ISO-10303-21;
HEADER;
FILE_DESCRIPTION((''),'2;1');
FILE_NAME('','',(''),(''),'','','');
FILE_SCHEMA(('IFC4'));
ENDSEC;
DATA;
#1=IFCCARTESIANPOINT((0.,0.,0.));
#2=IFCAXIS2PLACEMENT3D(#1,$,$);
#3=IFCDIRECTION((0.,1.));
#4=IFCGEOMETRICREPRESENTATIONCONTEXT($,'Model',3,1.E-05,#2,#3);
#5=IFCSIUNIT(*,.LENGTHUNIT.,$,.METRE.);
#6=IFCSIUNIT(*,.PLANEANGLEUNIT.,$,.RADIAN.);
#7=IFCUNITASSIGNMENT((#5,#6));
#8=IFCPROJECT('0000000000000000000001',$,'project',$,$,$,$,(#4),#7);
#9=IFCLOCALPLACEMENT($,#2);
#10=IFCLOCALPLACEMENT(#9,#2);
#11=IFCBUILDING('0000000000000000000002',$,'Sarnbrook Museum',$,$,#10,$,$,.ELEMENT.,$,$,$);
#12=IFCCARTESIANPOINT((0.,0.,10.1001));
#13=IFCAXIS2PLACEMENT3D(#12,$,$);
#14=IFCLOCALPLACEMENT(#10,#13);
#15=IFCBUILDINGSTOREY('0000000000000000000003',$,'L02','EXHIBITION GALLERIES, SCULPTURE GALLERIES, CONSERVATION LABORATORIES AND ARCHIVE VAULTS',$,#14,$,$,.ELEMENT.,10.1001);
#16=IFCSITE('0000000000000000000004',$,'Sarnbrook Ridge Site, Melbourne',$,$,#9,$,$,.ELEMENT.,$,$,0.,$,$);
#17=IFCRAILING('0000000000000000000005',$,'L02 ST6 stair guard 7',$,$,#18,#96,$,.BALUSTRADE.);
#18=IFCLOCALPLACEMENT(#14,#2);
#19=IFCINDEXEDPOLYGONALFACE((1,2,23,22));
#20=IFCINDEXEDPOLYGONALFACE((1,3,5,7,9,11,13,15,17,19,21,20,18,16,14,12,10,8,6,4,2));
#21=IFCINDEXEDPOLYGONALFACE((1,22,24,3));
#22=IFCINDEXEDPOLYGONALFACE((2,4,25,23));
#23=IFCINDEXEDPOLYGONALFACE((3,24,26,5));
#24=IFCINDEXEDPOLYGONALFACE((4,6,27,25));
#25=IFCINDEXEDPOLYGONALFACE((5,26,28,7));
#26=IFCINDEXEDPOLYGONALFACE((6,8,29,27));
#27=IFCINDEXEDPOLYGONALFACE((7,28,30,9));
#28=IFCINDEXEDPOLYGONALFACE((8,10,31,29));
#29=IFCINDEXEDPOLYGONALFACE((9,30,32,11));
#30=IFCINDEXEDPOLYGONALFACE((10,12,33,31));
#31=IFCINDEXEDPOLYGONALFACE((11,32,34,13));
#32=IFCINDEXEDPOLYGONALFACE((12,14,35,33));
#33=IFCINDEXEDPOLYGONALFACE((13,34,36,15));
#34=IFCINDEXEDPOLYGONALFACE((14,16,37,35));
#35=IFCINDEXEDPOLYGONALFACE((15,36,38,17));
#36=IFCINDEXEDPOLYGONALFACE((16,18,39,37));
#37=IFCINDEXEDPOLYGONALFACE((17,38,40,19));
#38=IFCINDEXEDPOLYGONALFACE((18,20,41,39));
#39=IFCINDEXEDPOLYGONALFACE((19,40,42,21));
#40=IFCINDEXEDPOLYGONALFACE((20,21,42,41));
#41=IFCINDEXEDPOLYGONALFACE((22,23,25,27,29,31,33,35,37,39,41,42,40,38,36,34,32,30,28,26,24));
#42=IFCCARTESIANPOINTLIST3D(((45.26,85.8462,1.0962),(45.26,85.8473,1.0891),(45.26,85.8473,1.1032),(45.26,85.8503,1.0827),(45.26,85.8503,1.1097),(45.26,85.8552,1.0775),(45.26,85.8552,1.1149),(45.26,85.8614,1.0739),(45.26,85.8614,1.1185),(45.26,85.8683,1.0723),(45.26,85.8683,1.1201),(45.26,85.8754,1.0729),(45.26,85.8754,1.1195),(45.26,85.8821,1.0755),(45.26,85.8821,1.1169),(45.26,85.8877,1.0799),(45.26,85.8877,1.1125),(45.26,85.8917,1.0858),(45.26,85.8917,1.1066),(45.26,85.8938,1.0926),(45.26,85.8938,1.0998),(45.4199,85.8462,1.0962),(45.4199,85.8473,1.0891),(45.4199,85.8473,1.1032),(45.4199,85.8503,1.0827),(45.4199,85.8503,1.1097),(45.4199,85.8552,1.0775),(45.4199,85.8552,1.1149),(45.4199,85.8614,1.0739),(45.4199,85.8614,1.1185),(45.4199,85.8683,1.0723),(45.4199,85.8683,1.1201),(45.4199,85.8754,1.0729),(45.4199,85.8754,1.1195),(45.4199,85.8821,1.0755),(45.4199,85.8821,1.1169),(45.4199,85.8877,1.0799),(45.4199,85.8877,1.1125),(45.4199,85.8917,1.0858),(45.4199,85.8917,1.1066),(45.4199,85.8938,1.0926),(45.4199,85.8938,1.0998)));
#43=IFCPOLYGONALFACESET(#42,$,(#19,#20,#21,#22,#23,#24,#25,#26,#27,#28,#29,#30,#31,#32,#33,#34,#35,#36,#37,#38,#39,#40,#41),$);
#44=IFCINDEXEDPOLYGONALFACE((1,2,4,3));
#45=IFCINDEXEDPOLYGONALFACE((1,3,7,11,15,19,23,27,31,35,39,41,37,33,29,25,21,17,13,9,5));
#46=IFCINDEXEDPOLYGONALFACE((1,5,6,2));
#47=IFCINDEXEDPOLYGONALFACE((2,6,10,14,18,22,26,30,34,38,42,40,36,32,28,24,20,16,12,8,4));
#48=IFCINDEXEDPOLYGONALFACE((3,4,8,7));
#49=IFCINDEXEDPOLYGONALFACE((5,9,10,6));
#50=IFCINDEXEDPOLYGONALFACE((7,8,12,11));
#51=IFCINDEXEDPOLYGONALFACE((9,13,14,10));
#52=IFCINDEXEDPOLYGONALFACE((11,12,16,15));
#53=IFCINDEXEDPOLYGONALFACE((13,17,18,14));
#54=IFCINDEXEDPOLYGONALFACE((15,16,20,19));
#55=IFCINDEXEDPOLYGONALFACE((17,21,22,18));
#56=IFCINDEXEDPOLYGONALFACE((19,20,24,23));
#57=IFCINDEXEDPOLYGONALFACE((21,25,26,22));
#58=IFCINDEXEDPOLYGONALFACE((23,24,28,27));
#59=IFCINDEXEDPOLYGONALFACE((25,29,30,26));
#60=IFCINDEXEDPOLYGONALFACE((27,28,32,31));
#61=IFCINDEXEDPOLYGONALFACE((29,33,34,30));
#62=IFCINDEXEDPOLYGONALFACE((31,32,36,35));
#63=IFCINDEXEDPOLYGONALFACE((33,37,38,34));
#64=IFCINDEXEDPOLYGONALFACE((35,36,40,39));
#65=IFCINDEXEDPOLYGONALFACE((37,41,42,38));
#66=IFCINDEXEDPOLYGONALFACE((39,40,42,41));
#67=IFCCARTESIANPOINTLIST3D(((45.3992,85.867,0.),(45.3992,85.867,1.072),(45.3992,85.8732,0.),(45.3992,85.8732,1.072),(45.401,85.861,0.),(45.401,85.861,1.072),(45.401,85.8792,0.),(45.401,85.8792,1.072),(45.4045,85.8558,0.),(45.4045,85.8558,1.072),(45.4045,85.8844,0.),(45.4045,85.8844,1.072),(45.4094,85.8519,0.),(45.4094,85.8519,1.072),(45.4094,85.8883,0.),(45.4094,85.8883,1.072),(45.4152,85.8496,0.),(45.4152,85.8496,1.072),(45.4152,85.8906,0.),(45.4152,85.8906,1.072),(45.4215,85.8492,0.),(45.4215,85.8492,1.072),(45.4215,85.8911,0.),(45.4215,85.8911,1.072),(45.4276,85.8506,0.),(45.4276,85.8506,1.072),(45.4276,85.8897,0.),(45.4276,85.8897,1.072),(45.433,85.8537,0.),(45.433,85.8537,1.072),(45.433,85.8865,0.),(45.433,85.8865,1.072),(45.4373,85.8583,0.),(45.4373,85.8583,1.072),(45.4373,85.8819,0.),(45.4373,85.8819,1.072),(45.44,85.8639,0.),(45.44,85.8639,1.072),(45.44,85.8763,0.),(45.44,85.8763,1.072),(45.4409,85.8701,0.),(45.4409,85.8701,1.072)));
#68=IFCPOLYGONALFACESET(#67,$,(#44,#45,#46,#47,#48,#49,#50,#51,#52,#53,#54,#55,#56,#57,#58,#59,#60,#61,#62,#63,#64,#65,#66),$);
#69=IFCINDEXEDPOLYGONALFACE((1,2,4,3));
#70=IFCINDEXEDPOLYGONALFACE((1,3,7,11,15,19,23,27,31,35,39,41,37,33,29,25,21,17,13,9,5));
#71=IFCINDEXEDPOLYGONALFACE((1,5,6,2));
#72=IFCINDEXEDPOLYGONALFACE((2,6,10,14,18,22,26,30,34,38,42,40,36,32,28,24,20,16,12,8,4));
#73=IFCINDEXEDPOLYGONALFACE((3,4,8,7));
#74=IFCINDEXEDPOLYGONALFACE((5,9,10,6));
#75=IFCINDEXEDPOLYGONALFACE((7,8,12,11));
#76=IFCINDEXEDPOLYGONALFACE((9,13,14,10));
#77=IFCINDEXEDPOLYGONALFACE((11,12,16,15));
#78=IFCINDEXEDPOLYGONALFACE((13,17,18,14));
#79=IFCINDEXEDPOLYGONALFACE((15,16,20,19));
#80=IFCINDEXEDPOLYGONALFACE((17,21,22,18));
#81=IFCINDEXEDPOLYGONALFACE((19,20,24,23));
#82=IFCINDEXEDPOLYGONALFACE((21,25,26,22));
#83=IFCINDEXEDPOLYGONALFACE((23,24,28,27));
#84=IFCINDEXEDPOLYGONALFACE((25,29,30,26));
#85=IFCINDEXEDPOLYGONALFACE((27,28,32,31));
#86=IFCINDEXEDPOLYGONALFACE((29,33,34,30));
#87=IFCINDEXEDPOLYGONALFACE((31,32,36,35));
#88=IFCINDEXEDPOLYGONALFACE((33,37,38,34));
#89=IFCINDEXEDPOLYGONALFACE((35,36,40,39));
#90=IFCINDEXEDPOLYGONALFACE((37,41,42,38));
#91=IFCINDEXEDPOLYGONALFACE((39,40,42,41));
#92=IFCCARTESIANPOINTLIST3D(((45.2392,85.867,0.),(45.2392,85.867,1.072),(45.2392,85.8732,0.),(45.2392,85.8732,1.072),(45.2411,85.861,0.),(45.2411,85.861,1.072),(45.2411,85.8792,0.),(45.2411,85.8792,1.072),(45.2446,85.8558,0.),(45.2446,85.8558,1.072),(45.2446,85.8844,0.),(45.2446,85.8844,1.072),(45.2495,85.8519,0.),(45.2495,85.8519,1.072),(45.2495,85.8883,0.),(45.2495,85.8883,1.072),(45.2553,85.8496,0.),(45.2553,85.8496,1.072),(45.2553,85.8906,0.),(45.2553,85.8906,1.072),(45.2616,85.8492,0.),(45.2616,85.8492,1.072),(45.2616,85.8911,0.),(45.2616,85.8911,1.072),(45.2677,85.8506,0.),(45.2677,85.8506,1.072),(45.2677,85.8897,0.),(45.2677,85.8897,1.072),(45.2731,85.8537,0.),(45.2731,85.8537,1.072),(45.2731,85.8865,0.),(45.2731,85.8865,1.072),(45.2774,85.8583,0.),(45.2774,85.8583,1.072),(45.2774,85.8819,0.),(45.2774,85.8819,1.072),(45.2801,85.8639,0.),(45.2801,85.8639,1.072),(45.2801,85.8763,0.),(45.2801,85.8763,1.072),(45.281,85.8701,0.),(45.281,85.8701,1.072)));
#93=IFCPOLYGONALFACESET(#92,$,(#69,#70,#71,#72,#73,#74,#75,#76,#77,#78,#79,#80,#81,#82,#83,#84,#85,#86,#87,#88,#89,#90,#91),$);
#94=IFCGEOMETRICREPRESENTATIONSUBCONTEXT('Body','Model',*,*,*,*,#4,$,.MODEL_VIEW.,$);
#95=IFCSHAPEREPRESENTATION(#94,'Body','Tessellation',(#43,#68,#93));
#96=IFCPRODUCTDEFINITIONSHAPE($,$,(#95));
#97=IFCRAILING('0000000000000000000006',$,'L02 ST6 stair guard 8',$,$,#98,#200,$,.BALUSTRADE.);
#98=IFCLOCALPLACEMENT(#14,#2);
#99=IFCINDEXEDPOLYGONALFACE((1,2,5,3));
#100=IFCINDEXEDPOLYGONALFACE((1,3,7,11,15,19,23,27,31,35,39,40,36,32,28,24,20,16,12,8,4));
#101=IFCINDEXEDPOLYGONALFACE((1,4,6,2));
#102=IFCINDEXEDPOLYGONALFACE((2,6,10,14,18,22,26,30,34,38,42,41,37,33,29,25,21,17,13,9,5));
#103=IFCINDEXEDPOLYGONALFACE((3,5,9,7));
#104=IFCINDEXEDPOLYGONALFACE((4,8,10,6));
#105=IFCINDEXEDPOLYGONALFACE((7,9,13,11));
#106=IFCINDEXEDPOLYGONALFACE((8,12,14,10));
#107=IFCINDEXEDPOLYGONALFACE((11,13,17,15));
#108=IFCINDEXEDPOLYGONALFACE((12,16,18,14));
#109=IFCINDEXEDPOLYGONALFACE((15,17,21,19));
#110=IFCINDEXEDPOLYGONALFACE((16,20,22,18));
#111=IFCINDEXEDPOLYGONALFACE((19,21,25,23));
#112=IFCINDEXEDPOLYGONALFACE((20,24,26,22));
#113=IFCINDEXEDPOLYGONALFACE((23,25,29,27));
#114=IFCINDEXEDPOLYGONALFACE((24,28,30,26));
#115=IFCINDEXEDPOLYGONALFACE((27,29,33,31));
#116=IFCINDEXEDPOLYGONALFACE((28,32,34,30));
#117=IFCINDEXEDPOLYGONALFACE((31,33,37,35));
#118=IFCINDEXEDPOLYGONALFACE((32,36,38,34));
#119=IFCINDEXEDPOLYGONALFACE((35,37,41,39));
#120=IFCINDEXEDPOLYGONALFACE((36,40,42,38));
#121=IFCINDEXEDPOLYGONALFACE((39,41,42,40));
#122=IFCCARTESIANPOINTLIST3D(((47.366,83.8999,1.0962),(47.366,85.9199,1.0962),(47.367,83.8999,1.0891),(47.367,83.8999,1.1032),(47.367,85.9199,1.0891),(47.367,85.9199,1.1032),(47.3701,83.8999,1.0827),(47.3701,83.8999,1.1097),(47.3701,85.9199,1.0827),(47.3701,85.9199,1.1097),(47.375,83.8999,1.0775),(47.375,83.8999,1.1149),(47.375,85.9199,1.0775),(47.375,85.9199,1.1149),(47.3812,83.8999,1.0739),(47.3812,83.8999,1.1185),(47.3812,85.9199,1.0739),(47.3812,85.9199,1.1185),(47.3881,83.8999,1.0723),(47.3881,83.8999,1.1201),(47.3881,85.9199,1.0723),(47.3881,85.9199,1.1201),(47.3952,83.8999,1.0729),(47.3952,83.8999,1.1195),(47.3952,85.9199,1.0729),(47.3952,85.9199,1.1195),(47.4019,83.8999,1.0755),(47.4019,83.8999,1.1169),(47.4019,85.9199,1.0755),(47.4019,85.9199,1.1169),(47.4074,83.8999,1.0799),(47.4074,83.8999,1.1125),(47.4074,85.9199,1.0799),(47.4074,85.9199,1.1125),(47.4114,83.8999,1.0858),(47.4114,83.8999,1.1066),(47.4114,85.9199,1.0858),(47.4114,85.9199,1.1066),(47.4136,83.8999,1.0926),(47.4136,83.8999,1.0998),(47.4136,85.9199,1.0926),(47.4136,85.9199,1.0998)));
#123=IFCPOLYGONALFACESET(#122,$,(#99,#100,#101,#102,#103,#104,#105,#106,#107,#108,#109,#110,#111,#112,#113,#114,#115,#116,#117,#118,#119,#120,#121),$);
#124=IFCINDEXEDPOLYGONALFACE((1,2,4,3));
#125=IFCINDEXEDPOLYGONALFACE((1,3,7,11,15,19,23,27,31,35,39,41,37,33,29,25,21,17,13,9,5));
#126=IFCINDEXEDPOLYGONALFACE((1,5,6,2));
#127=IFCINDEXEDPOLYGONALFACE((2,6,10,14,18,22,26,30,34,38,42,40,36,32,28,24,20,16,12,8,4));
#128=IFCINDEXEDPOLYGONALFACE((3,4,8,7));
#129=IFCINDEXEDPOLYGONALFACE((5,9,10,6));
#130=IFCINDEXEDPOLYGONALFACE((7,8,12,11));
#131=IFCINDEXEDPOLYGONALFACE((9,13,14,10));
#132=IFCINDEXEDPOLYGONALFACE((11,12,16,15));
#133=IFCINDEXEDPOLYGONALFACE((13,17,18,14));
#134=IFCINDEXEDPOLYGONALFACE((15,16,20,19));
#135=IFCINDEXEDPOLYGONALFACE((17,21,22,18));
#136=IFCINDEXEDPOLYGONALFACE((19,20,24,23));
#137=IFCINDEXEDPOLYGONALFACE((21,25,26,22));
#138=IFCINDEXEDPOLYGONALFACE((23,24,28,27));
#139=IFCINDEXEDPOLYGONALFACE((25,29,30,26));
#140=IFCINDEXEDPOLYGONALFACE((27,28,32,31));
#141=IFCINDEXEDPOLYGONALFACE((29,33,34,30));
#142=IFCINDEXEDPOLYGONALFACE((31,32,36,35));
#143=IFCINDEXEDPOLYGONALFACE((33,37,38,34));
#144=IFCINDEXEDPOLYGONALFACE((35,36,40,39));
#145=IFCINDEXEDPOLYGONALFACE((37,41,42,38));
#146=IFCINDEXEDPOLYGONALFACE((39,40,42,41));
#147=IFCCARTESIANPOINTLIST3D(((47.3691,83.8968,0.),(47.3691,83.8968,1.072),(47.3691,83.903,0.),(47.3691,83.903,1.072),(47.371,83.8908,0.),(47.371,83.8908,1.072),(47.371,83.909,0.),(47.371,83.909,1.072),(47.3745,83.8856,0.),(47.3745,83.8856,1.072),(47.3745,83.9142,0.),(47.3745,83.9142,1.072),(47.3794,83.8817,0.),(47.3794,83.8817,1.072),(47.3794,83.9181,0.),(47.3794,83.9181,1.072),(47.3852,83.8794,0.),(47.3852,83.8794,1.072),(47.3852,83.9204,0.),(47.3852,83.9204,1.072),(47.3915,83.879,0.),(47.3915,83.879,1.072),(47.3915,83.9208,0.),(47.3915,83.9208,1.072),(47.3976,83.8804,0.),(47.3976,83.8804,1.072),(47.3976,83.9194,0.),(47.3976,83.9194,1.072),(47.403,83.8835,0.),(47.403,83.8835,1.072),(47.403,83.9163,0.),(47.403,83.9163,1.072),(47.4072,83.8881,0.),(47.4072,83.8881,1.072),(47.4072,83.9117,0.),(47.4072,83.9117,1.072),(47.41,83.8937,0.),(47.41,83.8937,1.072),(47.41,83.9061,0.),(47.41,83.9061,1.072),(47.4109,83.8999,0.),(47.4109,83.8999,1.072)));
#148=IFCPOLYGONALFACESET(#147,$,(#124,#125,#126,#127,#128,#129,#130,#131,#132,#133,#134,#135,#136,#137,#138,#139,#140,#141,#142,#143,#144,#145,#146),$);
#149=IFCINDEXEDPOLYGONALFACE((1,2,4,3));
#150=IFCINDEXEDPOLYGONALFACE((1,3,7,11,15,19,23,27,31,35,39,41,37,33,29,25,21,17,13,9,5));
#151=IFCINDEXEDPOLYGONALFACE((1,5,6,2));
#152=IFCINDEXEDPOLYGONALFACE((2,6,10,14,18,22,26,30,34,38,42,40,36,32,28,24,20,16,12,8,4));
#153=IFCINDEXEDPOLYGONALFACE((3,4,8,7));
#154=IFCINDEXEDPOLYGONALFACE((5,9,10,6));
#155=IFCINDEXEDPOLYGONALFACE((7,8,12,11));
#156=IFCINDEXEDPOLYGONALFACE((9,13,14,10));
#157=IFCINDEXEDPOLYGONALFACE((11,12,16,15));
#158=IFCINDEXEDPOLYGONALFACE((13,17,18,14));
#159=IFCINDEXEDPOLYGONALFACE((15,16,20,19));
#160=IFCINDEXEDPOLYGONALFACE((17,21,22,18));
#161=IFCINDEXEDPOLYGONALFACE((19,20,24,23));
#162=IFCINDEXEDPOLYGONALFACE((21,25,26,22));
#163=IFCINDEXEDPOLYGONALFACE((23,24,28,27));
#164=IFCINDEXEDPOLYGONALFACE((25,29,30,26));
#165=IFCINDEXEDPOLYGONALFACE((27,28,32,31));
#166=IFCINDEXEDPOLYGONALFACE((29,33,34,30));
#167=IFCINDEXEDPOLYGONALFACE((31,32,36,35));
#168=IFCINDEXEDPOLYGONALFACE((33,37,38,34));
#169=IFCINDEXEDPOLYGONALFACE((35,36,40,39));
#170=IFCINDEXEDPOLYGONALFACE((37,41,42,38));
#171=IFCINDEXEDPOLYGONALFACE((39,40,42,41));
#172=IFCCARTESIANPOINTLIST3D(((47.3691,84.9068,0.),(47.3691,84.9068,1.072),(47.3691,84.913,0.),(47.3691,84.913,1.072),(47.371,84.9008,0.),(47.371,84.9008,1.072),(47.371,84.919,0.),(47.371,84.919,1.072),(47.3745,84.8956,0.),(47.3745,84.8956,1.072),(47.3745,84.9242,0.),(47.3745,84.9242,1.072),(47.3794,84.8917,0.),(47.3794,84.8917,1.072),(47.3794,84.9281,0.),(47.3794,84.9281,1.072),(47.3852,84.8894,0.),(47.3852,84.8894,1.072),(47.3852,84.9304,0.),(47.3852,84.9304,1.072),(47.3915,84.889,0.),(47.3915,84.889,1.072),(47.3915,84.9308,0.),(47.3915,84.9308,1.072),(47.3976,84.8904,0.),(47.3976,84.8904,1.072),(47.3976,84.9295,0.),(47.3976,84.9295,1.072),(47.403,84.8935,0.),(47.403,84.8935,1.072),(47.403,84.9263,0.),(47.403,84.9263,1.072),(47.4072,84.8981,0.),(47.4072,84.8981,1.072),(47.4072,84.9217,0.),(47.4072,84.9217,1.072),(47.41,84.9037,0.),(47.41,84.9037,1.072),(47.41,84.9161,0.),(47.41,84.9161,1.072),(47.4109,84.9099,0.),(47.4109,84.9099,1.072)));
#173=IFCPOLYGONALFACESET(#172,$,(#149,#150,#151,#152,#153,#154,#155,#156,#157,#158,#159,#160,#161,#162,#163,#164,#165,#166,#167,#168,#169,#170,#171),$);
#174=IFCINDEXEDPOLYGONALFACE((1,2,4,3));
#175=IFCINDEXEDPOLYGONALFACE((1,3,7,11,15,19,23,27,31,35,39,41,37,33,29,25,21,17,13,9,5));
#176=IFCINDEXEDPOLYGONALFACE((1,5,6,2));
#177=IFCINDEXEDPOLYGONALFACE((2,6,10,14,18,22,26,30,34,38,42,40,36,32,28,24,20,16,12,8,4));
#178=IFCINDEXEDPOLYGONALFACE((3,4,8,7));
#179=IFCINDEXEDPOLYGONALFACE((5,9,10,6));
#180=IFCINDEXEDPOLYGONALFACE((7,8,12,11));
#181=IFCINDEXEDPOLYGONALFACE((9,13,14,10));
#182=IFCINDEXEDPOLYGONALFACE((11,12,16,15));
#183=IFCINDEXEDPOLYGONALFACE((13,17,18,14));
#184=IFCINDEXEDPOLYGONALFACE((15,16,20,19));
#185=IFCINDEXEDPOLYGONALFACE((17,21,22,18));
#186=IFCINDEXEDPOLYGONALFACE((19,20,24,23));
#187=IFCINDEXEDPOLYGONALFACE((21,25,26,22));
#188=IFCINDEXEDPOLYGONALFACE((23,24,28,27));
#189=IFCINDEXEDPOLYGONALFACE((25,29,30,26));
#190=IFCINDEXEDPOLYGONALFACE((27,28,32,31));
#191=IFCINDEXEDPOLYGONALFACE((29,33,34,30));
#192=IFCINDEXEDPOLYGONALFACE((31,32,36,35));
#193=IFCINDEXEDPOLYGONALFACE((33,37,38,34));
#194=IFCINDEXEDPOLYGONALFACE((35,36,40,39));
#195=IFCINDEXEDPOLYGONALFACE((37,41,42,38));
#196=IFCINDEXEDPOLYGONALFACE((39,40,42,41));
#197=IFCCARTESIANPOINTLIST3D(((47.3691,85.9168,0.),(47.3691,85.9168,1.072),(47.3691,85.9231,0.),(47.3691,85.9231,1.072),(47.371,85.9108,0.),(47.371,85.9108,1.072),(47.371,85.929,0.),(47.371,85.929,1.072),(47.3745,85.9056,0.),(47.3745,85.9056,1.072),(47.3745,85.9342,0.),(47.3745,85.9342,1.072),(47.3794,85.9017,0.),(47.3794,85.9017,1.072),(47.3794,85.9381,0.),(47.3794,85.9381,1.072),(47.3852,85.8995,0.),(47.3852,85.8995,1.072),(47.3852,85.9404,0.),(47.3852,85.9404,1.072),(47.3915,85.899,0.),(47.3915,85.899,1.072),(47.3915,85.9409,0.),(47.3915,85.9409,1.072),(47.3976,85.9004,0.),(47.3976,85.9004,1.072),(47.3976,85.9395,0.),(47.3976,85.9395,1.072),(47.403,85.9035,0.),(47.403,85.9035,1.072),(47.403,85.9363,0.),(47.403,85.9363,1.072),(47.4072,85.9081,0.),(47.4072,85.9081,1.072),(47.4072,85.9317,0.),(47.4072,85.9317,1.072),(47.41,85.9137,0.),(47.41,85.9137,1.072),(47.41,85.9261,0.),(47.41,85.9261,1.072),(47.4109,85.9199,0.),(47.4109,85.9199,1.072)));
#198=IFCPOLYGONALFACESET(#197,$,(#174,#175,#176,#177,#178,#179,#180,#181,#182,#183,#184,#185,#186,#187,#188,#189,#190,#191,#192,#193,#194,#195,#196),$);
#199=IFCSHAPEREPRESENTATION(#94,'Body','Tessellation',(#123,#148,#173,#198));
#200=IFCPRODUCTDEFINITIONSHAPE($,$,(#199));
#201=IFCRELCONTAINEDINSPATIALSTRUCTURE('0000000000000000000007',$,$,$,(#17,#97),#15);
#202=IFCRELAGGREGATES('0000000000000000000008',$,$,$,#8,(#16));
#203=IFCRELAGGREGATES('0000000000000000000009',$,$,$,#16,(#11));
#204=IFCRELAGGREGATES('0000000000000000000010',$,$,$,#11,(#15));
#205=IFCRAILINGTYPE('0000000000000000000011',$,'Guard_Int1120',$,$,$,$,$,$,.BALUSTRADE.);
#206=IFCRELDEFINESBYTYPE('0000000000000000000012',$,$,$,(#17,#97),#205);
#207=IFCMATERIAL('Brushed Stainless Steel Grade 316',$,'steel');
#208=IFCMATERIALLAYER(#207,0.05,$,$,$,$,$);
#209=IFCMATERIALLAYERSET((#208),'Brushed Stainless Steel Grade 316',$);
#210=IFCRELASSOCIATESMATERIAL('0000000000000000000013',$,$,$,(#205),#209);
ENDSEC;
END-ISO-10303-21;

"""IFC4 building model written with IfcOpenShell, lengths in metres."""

from ifc_helpers import new_model, si_unit, direction, frame, origin, origin_2d, place, context, subcontext, project, spatial, circle, extrude, material, layer, layer_set, type_object, element, save


model = new_model("IFC4")

# Units and contexts
model_context = context("Model", 3, precision=1e-05, world=origin(), true_north=direction((0.0, 1.0)))
body_context = subcontext(model_context, "Body", "Model", "MODEL_VIEW")
ifc_project = project(units=[si_unit("LENGTHUNIT", "METRE"), si_unit("PLANEANGLEUNIT", "RADIAN")], contexts=[model_context])

# Site, building, storey
site_placement = place(None, origin())
site = spatial("IfcSite", under=ifc_project, at=site_placement, Name="Sarnbrook Ridge Site, Melbourne", CompositionType="ELEMENT", RefElevation=0.0)
building_placement = place(site_placement, origin())
building = spatial("IfcBuilding", under=site, at=building_placement, Name="Sarnbrook Museum", CompositionType="ELEMENT")
storey_placement = place(building_placement, frame((0.0, 0.0, 10.1001)))
storey = spatial("IfcBuildingStorey", under=building, at=storey_placement, Name="L02", Description="EXHIBITION GALLERIES, SCULPTURE GALLERIES, CONSERVATION LABORATORIES AND ARCHIVE VAULTS", CompositionType="ELEMENT", Elevation=10.1001)

# Shared definitions
ifc_material_1 = material(Name="Brushed Stainless Steel Grade 316", Category="steel")

# Railings
ifc_layer_1 = layer(ifc_material_1, 0.05)
ifc_layer_set_1 = layer_set([ifc_layer_1], Name="Brushed Stainless Steel Grade 316")
railing_type = type_object("IfcRailingType", Name="Guard_Int1120", PredefinedType="BALUSTRADE", material=ifc_layer_set_1)
railing_placement = place(storey_placement, frame((45.4199, 85.8701, 0.0)))
element("IfcRailing", 1, at=railing_placement, inside=storey, type_object=railing_type, Name="L02 ST6 stair guard 7", PredefinedType="BALUSTRADE", context=body_context, shape_type="SweptSolid", body=[
    extrude(circle(Radius=0.0239, at=origin_2d()), frame((0.0, 0.0, 1.0962), z_axis=(-1.0, 0.0, 0.0), x_axis=(0.0, -1.0, 0.0)), (0.0, 0.0, 1.0), 0.1599),
    extrude(circle(Radius=0.021, at=origin_2d()), origin(), (0.0, 0.0, 1.0), 1.072),
    extrude(circle(Radius=0.021, at=origin_2d()), frame((-0.1599, 0.0, 0.0)), (0.0, 0.0, 1.0), 1.072),
])
for number, where, name in (
    (2, (47.3899, 83.8999, 0.0), "L02 ST6 stair guard 8"),
):
    element("IfcRailing", number, at=place(storey_placement, frame(where)), inside=storey, type_object=railing_type, Name=name, PredefinedType="BALUSTRADE", context=body_context, shape_type="SweptSolid", body=[
        extrude(circle(Radius=0.0239, at=origin_2d()), frame((0.0, 0.0, 1.0962), z_axis=(0.0, 1.0, 0.0), x_axis=(-1.0, 0.0, 0.0)), (0.0, 0.0, 1.0), 2.02),
        extrude(circle(Radius=0.021, at=origin_2d()), origin(), (0.0, 0.0, 1.0), 1.072),
        extrude(circle(Radius=0.021, at=origin_2d()), frame((0.0, 1.01, 0.0)), (0.0, 0.0, 1.0), 1.072),
        extrude(circle(Radius=0.021, at=origin_2d()), frame((0.0, 2.02, 0.0)), (0.0, 0.0, 1.0), 1.072),
    ])

save(model, "model.ifc")
